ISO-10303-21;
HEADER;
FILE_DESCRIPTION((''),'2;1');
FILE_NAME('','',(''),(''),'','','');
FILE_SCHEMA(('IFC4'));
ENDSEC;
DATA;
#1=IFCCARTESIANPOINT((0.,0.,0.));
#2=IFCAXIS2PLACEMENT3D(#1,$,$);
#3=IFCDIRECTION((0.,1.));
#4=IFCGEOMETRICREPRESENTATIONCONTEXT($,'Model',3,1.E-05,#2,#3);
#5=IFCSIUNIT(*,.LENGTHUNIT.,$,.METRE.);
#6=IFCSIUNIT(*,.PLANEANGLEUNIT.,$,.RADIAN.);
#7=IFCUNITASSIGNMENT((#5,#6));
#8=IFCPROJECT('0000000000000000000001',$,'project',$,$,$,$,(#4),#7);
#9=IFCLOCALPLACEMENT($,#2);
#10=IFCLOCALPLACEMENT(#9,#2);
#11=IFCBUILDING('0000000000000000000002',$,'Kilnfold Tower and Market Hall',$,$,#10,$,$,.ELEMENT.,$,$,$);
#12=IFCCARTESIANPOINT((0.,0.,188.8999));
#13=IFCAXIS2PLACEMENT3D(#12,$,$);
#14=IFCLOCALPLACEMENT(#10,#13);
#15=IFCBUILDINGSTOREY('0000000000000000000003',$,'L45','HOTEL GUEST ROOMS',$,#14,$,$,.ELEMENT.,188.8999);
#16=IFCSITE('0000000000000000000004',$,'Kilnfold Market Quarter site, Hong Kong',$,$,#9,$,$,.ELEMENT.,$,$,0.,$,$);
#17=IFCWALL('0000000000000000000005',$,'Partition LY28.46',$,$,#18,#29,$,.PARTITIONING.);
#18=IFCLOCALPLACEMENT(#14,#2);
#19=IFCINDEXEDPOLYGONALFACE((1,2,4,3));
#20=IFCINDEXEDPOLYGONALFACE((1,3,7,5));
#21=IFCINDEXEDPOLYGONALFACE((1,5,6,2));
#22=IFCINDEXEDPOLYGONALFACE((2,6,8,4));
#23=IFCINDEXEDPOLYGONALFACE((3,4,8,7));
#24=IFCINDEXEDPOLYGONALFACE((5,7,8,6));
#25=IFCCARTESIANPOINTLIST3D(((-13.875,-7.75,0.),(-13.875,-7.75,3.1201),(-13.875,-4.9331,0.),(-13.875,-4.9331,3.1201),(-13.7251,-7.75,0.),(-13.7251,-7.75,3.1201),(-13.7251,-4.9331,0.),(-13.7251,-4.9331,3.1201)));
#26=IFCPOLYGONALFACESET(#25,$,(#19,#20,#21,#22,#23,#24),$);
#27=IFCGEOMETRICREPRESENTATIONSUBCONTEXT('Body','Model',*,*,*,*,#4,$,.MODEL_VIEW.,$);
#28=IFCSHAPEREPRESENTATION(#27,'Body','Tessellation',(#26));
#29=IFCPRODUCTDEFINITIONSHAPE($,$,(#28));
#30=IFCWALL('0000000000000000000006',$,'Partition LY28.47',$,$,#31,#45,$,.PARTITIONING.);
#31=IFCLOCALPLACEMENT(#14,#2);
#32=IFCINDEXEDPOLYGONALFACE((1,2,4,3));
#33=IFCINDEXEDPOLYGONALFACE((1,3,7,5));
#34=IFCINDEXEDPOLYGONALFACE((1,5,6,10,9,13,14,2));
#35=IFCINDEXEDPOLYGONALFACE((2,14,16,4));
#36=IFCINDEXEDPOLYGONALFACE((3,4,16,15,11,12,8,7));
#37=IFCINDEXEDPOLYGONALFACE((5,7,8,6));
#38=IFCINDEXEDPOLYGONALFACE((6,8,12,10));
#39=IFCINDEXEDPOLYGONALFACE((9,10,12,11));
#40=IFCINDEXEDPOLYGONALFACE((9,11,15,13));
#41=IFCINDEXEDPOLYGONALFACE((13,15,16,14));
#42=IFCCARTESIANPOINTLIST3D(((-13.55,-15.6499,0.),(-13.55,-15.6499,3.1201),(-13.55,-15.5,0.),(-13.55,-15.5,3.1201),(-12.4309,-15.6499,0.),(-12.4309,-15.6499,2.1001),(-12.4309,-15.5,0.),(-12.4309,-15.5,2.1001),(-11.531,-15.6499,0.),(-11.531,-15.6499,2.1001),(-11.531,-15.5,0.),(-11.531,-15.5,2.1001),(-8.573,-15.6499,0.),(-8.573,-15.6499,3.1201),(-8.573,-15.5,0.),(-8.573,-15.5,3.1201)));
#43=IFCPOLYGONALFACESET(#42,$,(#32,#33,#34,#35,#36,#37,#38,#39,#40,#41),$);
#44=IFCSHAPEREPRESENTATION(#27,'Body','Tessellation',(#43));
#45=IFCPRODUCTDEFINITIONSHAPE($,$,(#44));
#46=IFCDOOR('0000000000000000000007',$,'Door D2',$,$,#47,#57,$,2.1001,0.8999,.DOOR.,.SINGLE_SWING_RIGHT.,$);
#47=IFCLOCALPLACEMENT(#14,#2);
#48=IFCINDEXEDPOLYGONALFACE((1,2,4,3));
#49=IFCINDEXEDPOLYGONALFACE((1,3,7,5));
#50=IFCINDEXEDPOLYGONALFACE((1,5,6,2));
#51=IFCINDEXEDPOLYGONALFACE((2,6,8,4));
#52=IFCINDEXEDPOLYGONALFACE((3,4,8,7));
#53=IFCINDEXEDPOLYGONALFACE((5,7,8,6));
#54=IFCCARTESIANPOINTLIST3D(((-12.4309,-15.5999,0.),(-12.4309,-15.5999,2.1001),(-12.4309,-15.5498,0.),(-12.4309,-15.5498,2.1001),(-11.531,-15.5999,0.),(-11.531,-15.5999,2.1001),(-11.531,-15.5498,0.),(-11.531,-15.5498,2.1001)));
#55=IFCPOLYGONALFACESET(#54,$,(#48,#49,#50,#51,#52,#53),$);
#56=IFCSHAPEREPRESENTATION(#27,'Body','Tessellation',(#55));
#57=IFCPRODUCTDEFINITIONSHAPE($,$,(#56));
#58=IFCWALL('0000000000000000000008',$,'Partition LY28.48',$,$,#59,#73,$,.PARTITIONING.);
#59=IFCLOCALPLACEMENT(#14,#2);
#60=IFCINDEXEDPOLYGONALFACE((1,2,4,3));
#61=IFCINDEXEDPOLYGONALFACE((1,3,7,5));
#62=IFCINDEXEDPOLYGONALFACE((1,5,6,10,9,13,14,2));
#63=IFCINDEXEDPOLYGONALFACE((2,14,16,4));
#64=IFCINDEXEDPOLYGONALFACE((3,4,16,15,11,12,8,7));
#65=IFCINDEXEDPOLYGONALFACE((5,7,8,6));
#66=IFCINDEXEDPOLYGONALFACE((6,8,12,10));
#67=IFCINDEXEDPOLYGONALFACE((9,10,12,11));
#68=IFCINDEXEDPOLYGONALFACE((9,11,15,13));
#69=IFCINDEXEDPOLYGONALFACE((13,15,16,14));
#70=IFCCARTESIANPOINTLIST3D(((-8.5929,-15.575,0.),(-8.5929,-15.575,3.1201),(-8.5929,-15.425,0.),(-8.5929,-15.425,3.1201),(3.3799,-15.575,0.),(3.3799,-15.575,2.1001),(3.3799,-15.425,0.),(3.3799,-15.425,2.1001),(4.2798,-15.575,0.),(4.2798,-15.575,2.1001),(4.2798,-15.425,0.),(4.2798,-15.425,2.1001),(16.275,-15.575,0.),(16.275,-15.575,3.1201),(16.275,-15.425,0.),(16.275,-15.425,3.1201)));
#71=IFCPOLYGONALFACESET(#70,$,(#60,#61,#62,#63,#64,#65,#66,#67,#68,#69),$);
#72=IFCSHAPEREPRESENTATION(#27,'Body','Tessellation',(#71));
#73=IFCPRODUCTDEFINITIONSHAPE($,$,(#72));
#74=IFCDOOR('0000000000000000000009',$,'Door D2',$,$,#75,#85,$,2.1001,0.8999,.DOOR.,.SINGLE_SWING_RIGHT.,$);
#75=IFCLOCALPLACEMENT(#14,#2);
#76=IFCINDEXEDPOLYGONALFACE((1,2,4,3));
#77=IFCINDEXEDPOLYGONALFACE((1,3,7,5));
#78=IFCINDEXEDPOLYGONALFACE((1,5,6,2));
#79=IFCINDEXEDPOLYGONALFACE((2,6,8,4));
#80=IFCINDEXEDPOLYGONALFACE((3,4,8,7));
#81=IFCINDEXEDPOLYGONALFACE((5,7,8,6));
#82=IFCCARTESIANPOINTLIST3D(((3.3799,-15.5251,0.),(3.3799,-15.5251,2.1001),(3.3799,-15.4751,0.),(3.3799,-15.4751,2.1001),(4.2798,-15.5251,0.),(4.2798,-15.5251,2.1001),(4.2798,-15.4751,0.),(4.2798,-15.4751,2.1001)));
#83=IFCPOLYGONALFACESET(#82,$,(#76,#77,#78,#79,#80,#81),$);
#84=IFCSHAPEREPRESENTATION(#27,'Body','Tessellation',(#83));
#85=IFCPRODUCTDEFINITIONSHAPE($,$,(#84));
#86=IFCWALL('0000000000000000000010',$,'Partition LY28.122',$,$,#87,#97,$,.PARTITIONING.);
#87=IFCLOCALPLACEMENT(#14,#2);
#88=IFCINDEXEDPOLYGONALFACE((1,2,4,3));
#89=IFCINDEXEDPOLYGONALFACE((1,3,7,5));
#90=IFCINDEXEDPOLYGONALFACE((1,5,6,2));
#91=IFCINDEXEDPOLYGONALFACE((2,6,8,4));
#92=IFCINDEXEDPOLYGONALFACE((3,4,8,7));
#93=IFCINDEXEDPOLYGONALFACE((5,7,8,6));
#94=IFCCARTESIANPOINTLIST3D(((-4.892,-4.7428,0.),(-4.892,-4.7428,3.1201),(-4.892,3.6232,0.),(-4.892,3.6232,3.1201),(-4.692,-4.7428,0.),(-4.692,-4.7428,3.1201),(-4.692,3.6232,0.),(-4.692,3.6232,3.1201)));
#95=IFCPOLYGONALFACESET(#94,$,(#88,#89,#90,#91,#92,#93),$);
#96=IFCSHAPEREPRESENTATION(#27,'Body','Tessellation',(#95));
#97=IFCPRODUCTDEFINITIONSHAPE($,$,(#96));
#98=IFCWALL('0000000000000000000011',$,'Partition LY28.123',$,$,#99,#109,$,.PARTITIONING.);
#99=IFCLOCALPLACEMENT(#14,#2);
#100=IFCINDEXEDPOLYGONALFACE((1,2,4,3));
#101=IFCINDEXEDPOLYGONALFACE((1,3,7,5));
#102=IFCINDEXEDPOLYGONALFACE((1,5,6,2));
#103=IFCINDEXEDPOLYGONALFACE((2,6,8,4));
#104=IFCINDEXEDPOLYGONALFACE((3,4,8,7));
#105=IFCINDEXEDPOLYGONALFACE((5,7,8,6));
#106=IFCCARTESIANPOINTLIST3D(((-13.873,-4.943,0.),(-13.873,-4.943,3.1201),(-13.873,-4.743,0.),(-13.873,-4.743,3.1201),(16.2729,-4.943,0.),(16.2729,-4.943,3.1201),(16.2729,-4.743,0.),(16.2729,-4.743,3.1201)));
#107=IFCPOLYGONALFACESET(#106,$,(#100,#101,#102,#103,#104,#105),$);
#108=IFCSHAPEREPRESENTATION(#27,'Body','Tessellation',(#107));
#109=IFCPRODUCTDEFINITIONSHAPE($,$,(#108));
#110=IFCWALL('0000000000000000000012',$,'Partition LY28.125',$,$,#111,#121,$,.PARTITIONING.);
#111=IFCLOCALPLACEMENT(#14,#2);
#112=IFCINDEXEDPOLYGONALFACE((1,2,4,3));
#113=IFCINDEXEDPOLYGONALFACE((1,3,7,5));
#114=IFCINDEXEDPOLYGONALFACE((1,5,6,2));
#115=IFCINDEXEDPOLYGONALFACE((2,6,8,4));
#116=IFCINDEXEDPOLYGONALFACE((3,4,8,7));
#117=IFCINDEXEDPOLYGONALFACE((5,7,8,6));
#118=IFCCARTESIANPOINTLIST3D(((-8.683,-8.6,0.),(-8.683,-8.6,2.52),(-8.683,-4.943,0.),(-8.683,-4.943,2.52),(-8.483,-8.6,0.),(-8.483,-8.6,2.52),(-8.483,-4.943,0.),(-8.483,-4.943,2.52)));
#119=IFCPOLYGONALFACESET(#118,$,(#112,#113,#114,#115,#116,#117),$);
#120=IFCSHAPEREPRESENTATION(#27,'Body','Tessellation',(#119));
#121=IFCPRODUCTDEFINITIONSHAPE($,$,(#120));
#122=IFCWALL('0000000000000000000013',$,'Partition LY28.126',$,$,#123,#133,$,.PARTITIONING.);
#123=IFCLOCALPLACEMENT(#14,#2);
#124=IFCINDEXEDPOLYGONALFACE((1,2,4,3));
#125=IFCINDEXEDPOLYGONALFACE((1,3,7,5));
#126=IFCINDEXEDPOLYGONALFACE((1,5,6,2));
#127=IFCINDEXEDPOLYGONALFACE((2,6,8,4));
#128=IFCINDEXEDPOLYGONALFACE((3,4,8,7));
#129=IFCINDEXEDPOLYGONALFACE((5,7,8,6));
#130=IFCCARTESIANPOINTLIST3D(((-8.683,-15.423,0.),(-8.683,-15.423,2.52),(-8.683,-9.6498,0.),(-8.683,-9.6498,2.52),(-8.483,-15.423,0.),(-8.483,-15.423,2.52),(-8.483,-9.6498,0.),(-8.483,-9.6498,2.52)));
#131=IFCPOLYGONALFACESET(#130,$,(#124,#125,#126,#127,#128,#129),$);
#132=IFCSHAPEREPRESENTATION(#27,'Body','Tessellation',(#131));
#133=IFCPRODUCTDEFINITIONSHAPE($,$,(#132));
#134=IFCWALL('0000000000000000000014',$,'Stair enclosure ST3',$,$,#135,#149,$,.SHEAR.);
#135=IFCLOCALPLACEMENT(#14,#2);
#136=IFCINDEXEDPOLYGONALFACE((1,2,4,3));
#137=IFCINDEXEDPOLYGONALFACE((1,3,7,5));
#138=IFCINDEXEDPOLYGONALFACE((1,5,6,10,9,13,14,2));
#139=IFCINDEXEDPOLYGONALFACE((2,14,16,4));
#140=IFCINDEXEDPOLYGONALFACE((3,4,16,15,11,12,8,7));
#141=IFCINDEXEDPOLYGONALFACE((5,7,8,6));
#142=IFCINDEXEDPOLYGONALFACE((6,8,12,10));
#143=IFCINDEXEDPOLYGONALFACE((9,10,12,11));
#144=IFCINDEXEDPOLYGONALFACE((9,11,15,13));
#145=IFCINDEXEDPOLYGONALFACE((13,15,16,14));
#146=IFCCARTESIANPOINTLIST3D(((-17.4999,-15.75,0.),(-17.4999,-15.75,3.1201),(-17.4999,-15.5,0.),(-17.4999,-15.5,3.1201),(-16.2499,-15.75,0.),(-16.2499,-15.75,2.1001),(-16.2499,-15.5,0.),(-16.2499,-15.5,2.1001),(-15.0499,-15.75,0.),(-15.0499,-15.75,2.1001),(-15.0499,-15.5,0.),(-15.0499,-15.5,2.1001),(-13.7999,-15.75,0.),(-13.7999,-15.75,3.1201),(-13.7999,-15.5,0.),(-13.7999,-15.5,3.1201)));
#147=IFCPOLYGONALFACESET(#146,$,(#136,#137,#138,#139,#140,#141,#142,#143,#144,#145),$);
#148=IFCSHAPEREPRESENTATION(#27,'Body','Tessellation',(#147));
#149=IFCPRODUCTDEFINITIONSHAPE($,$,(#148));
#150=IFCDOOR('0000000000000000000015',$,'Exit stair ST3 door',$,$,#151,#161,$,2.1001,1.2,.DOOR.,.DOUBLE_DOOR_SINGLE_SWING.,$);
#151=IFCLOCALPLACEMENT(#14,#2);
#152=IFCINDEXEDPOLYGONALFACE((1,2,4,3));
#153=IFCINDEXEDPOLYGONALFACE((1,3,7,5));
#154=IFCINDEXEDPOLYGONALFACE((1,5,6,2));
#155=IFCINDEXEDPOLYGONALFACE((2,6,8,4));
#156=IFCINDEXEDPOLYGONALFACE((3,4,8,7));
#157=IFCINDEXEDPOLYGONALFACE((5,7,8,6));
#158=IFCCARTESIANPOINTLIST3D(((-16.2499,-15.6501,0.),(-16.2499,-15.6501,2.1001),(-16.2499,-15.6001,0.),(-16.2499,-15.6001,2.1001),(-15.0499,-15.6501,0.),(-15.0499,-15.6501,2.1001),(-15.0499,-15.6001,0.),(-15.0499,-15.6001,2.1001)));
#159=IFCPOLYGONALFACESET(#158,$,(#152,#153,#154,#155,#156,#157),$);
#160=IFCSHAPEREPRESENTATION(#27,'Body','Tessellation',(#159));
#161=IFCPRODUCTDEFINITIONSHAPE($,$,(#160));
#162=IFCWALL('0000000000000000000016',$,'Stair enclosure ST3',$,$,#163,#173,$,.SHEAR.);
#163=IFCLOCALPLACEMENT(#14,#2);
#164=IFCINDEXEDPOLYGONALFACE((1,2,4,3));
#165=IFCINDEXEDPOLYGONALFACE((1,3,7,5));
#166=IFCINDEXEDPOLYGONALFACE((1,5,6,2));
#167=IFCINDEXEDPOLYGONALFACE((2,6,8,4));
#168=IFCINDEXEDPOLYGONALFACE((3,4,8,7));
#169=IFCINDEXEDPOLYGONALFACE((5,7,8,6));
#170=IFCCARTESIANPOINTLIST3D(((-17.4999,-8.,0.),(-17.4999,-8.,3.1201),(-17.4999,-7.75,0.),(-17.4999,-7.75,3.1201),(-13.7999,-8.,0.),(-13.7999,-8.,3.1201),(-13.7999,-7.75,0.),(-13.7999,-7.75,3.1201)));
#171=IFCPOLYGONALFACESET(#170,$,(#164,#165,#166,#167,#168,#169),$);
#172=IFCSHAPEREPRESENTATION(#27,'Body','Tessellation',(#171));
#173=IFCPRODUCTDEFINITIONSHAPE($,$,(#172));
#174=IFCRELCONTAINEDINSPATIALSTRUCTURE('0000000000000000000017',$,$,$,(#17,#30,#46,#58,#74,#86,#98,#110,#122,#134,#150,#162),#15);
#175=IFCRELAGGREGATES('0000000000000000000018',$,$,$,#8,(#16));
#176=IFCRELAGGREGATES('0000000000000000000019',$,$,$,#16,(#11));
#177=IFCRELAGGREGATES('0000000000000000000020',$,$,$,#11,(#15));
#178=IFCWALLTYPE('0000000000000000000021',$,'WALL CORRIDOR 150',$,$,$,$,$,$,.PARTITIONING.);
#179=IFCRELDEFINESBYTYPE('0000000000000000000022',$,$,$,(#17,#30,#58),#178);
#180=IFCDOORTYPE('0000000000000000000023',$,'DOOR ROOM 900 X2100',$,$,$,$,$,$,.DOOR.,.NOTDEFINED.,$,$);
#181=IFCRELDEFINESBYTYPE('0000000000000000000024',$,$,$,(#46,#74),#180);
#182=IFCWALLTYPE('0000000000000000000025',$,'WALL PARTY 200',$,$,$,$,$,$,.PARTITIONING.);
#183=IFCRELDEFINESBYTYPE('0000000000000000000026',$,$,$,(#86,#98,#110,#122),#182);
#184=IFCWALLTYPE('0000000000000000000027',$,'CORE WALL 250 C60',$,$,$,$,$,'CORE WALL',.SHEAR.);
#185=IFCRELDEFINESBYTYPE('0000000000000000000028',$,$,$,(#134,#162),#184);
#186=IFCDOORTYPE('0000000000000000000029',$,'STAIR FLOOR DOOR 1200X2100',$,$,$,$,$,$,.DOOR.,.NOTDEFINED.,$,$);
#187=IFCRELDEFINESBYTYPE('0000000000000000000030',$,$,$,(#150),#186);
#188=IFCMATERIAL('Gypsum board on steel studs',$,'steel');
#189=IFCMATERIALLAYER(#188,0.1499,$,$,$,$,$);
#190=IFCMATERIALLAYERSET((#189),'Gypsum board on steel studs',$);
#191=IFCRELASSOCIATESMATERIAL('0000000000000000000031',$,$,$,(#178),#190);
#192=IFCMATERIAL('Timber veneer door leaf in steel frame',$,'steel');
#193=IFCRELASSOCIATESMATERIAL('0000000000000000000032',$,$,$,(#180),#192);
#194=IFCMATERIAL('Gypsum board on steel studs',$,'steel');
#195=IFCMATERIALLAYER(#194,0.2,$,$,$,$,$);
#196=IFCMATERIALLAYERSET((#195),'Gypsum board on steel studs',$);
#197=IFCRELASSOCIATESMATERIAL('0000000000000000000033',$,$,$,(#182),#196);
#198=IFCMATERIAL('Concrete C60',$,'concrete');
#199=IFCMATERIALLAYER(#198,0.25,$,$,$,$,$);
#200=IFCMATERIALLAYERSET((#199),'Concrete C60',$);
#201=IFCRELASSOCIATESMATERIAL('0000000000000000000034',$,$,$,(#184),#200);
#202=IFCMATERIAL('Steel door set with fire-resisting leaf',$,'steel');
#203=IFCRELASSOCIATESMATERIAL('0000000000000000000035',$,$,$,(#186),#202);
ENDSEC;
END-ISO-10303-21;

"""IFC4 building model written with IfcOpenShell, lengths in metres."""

from ifc_helpers import new_model, si_unit, direction, frame, frame_2d, origin, place, context, subcontext, project, spatial, rectangle, extrude, source, transform, mapped, material, layer, layer_set, type_object, element, fill, save


model = new_model("IFC4")

# Units and contexts
model_context = context("Model", 3, precision=1e-05, world=origin(), true_north=direction((0.0, 1.0)))
body_context = subcontext(model_context, "Body", "Model", "MODEL_VIEW")
ifc_project = project(units=[si_unit("LENGTHUNIT", "METRE"), si_unit("PLANEANGLEUNIT", "RADIAN")], contexts=[model_context])

# Site, building, storey
site_placement = place(None, origin())
site = spatial("IfcSite", under=ifc_project, at=site_placement, Name="Kilnfold Market Quarter site, Hong Kong", CompositionType="ELEMENT", RefElevation=0.0)
building_placement = place(site_placement, origin())
building = spatial("IfcBuilding", under=site, at=building_placement, Name="Kilnfold Tower and Market Hall", CompositionType="ELEMENT")
storey_placement = place(building_placement, frame((0.0, 0.0, 188.8999)))
storey = spatial("IfcBuildingStorey", under=building, at=storey_placement, Name="L45", Description="HOTEL GUEST ROOMS", CompositionType="ELEMENT", Elevation=188.8999)

# Shared definitions
ifc_material_1 = material(Name="Gypsum board on steel studs", Category="steel")
ifc_layer_1 = layer(ifc_material_1, 0.1499)
ifc_layer_set_1 = layer_set([ifc_layer_1], Name="Gypsum board on steel studs")
wall_type_1 = type_object("IfcWallType", Name="WALL CORRIDOR 150", PredefinedType="PARTITIONING", material=ifc_layer_set_1)

# Wall
wall_1_placement = place(storey_placement, frame((-13.8, -7.75, 0.0), z_axis=(0.0, 0.0, 1.0), x_axis=(0.0, 1.0, 0.0)))
element("IfcWall", 1, at=wall_1_placement, inside=storey, type_object=wall_type_1, Name="Partition LY28.46", PredefinedType="PARTITIONING", context=body_context, shape_type="SweptSolid", body=[
    extrude(rectangle(XDim=2.8169, YDim=0.1499, at=frame_2d((1.4084, 0.0))), origin(), (0.0, 0.0, 1.0), 3.1201),
])

# Walls, openings, doors
wall_2_placement = place(storey_placement, frame((-8.573, -15.575, 0.0), z_axis=(0.0, 0.0, 1.0), x_axis=(-1.0, 0.0, 0.0)))
wall_2 = element("IfcWall", 2, at=wall_2_placement, inside=storey, type_object=wall_type_1, Name="Partition LY28.47", PredefinedType="PARTITIONING", context=body_context, shape_type="SweptSolid", body=[
    extrude(rectangle(XDim=4.9771, YDim=0.1499, at=frame_2d((2.4885, 0.0))), origin(), (0.0, 0.0, 1.0), 3.1201),
])
opening_1_placement = place(wall_2_placement, frame((2.958, 0.0, 0.0)))
opening_1 = element("IfcOpeningElement", 3, at=opening_1_placement, cuts=wall_2, PredefinedType="OPENING", context=body_context, shape_type="SweptSolid", body=[
    extrude(rectangle(XDim=0.8999, YDim=2.1001, at=frame_2d((0.45, 1.05))), frame((0.0, 0.085, 0.0), z_axis=(0.0, -1.0, 0.0), x_axis=(1.0, 0.0, 0.0)), (0.0, 0.0, 1.0), 0.1699),
])
ifc_material_2 = material(Name="Timber veneer door leaf in steel frame", Category="steel")
door_type_1 = type_object("IfcDoorType", Name="DOOR ROOM 900 X2100", OperationType="NOTDEFINED", PredefinedType="DOOR", material=ifc_material_2)
door_1_placement = place(opening_1_placement, origin())
door_1 = element("IfcDoor", 4, at=door_1_placement, inside=storey, type_object=door_type_1, Name="Door D2", OperationType="SINGLE_SWING_RIGHT", OverallHeight=2.1001, OverallWidth=0.8999, PredefinedType="DOOR", context=body_context, shape_type="SweptSolid", body=[
    extrude(rectangle(XDim=0.8999, YDim=2.1001, at=frame_2d((0.45, 1.05))), frame((0.0, 0.0249, 0.0), z_axis=(0.0, -1.0, 0.0), x_axis=(1.0, 0.0, 0.0)), (0.0, 0.0, 1.0), 0.05),
])
fill(opening_1, door_1)
wall_3_placement = place(storey_placement, frame((-8.593, -15.5, 0.0), z_axis=(0.0, 0.0, 1.0), x_axis=(1.0, 0.0, 0.0)))
wall_3 = element("IfcWall", 5, at=wall_3_placement, inside=storey, type_object=wall_type_1, Name="Partition LY28.48", PredefinedType="PARTITIONING", context=body_context, shape_type="SweptSolid", body=[
    extrude(rectangle(XDim=24.8679, YDim=0.1499, at=frame_2d((12.4341, 0.0))), origin(), (0.0, 0.0, 1.0), 3.1201),
])
opening_2_placement = place(wall_3_placement, frame((11.9729, 0.0, 0.0)))
opening_2 = element("IfcOpeningElement", 6, at=opening_2_placement, cuts=wall_3, PredefinedType="OPENING", context=body_context, shape_type="SweptSolid", body=[
    extrude(rectangle(XDim=0.8999, YDim=2.1001, at=frame_2d((0.45, 1.05))), frame((0.0, 0.085, 0.0), z_axis=(0.0, -1.0, 0.0), x_axis=(1.0, 0.0, 0.0)), (0.0, 0.0, 1.0), 0.1699),
])
door_2_placement = place(opening_2_placement, origin())
door_2 = element("IfcDoor", 7, at=door_2_placement, inside=storey, type_object=door_type_1, Name="Door D2", OperationType="SINGLE_SWING_RIGHT", OverallHeight=2.1001, OverallWidth=0.8999, PredefinedType="DOOR", context=body_context, shape_type="SweptSolid", body=[
    extrude(rectangle(XDim=0.8999, YDim=2.1001, at=frame_2d((0.45, 1.05))), frame((0.0, 0.0249, 0.0), z_axis=(0.0, -1.0, 0.0), x_axis=(1.0, 0.0, 0.0)), (0.0, 0.0, 1.0), 0.05),
])
fill(opening_2, door_2)

# Walls
ifc_material_3 = material(Name="Gypsum board on steel studs", Category="steel")
ifc_layer_2 = layer(ifc_material_3, 0.2)
ifc_layer_set_2 = layer_set([ifc_layer_2], Name="Gypsum board on steel studs")
wall_type_2 = type_object("IfcWallType", Name="WALL PARTY 200", PredefinedType="PARTITIONING", material=ifc_layer_set_2)
wall_4_placement = place(storey_placement, frame((-4.792, -4.7429, 0.0), z_axis=(0.0, 0.0, 1.0), x_axis=(0.0, 1.0, 0.0)))
element("IfcWall", 8, at=wall_4_placement, inside=storey, type_object=wall_type_2, Name="Partition LY28.122", PredefinedType="PARTITIONING", context=body_context, shape_type="SweptSolid", body=[
    extrude(rectangle(XDim=8.366, YDim=0.2, at=frame_2d((4.1831, 0.0))), origin(), (0.0, 0.0, 1.0), 3.1201),
])
wall_5_placement = place(storey_placement, frame((-13.873, -4.843, 0.0), z_axis=(0.0, 0.0, 1.0), x_axis=(1.0, 0.0, 0.0)))
element("IfcWall", 9, at=wall_5_placement, inside=storey, type_object=wall_type_2, Name="Partition LY28.123", PredefinedType="PARTITIONING", context=body_context, shape_type="SweptSolid", body=[
    extrude(rectangle(XDim=30.146, YDim=0.2, at=frame_2d((15.073, 0.0))), origin(), (0.0, 0.0, 1.0), 3.1201),
])
wall_6_placement = place(storey_placement, frame((-8.583, -8.6001, 0.0), z_axis=(0.0, 0.0, 1.0), x_axis=(0.0, 1.0, 0.0)))
element("IfcWall", 10, at=wall_6_placement, inside=storey, type_object=wall_type_2, Name="Partition LY28.125", PredefinedType="PARTITIONING", context=body_context, shape_type="SweptSolid", body=[
    extrude(rectangle(XDim=3.657, YDim=0.2, at=frame_2d((1.8286, 0.0))), origin(), (0.0, 0.0, 1.0), 2.52),
])
wall_7_placement = place(storey_placement, frame((-8.583, -15.4231, 0.0), z_axis=(0.0, 0.0, 1.0), x_axis=(0.0, 1.0, 0.0)))
element("IfcWall", 11, at=wall_7_placement, inside=storey, type_object=wall_type_2, Name="Partition LY28.126", PredefinedType="PARTITIONING", context=body_context, shape_type="SweptSolid", body=[
    extrude(rectangle(XDim=5.7732, YDim=0.2, at=frame_2d((2.8867, 0.0))), origin(), (0.0, 0.0, 1.0), 2.52),
])

# Wall, opening, door
ifc_material_4 = material(Name="Concrete C60", Category="concrete")
ifc_layer_3 = layer(ifc_material_4, 0.25)
ifc_layer_set_3 = layer_set([ifc_layer_3], Name="Concrete C60")
wall_type_3 = type_object("IfcWallType", Name="CORE WALL 250 C60", ElementType="CORE WALL", PredefinedType="SHEAR", material=ifc_layer_set_3)
shared_shape_1 = source(origin(), body_context, "Body", "SweptSolid", [
    extrude(rectangle(XDim=3.7, YDim=0.25, at=frame_2d((1.8501, 0.0))), origin(), (0.0, 0.0, 1.0), 3.1201),
])
wall_8_placement = place(storey_placement, frame((-17.5, -15.625, 0.0), z_axis=(0.0, 0.0, 1.0), x_axis=(1.0, 0.0, 0.0)))
wall_8 = element("IfcWall", 12, at=wall_8_placement, inside=storey, type_object=wall_type_3, Name="Stair enclosure ST3", PredefinedType="SHEAR", context=body_context, shape_type="MappedRepresentation", body=[
    mapped(shared_shape_1, transform((0.0, 0.0, 0.0))),
])
opening_3_placement = place(wall_8_placement, frame((1.25, 0.0, 0.0)))
opening_3 = element("IfcOpeningElement", 13, at=opening_3_placement, cuts=wall_8, PredefinedType="OPENING", context=body_context, shape_type="SweptSolid", body=[
    extrude(rectangle(XDim=1.2, YDim=2.1001, at=frame_2d((0.6001, 1.05))), frame((0.0, 0.135, 0.0), z_axis=(0.0, -1.0, 0.0), x_axis=(1.0, 0.0, 0.0)), (0.0, 0.0, 1.0), 0.27),
])
ifc_material_5 = material(Name="Steel door set with fire-resisting leaf", Category="steel")
door_type_2 = type_object("IfcDoorType", Name="STAIR FLOOR DOOR 1200X2100", OperationType="NOTDEFINED", PredefinedType="DOOR", material=ifc_material_5)
door_3_placement = place(opening_3_placement, origin())
door_3 = element("IfcDoor", 14, at=door_3_placement, inside=storey, type_object=door_type_2, Name="Exit stair ST3 door", OperationType="DOUBLE_DOOR_SINGLE_SWING", OverallHeight=2.1001, OverallWidth=1.2, PredefinedType="DOOR", context=body_context, shape_type="SweptSolid", body=[
    extrude(rectangle(XDim=1.2, YDim=2.1001, at=frame_2d((0.6001, 1.05))), frame((0.0, 0.0249, 0.0), z_axis=(0.0, -1.0, 0.0), x_axis=(1.0, 0.0, 0.0)), (0.0, 0.0, 1.0), 0.05),
])
fill(opening_3, door_3)

# Wall
wall_9_placement = place(storey_placement, frame((-17.5, -7.875, 0.0), z_axis=(0.0, 0.0, 1.0), x_axis=(1.0, 0.0, 0.0)))
element("IfcWall", 15, at=wall_9_placement, inside=storey, type_object=wall_type_3, Name="Stair enclosure ST3", PredefinedType="SHEAR", context=body_context, shape_type="MappedRepresentation", body=[
    mapped(shared_shape_1, transform((0.0, 0.0, 0.0))),
])

save(model, "model.ifc")
